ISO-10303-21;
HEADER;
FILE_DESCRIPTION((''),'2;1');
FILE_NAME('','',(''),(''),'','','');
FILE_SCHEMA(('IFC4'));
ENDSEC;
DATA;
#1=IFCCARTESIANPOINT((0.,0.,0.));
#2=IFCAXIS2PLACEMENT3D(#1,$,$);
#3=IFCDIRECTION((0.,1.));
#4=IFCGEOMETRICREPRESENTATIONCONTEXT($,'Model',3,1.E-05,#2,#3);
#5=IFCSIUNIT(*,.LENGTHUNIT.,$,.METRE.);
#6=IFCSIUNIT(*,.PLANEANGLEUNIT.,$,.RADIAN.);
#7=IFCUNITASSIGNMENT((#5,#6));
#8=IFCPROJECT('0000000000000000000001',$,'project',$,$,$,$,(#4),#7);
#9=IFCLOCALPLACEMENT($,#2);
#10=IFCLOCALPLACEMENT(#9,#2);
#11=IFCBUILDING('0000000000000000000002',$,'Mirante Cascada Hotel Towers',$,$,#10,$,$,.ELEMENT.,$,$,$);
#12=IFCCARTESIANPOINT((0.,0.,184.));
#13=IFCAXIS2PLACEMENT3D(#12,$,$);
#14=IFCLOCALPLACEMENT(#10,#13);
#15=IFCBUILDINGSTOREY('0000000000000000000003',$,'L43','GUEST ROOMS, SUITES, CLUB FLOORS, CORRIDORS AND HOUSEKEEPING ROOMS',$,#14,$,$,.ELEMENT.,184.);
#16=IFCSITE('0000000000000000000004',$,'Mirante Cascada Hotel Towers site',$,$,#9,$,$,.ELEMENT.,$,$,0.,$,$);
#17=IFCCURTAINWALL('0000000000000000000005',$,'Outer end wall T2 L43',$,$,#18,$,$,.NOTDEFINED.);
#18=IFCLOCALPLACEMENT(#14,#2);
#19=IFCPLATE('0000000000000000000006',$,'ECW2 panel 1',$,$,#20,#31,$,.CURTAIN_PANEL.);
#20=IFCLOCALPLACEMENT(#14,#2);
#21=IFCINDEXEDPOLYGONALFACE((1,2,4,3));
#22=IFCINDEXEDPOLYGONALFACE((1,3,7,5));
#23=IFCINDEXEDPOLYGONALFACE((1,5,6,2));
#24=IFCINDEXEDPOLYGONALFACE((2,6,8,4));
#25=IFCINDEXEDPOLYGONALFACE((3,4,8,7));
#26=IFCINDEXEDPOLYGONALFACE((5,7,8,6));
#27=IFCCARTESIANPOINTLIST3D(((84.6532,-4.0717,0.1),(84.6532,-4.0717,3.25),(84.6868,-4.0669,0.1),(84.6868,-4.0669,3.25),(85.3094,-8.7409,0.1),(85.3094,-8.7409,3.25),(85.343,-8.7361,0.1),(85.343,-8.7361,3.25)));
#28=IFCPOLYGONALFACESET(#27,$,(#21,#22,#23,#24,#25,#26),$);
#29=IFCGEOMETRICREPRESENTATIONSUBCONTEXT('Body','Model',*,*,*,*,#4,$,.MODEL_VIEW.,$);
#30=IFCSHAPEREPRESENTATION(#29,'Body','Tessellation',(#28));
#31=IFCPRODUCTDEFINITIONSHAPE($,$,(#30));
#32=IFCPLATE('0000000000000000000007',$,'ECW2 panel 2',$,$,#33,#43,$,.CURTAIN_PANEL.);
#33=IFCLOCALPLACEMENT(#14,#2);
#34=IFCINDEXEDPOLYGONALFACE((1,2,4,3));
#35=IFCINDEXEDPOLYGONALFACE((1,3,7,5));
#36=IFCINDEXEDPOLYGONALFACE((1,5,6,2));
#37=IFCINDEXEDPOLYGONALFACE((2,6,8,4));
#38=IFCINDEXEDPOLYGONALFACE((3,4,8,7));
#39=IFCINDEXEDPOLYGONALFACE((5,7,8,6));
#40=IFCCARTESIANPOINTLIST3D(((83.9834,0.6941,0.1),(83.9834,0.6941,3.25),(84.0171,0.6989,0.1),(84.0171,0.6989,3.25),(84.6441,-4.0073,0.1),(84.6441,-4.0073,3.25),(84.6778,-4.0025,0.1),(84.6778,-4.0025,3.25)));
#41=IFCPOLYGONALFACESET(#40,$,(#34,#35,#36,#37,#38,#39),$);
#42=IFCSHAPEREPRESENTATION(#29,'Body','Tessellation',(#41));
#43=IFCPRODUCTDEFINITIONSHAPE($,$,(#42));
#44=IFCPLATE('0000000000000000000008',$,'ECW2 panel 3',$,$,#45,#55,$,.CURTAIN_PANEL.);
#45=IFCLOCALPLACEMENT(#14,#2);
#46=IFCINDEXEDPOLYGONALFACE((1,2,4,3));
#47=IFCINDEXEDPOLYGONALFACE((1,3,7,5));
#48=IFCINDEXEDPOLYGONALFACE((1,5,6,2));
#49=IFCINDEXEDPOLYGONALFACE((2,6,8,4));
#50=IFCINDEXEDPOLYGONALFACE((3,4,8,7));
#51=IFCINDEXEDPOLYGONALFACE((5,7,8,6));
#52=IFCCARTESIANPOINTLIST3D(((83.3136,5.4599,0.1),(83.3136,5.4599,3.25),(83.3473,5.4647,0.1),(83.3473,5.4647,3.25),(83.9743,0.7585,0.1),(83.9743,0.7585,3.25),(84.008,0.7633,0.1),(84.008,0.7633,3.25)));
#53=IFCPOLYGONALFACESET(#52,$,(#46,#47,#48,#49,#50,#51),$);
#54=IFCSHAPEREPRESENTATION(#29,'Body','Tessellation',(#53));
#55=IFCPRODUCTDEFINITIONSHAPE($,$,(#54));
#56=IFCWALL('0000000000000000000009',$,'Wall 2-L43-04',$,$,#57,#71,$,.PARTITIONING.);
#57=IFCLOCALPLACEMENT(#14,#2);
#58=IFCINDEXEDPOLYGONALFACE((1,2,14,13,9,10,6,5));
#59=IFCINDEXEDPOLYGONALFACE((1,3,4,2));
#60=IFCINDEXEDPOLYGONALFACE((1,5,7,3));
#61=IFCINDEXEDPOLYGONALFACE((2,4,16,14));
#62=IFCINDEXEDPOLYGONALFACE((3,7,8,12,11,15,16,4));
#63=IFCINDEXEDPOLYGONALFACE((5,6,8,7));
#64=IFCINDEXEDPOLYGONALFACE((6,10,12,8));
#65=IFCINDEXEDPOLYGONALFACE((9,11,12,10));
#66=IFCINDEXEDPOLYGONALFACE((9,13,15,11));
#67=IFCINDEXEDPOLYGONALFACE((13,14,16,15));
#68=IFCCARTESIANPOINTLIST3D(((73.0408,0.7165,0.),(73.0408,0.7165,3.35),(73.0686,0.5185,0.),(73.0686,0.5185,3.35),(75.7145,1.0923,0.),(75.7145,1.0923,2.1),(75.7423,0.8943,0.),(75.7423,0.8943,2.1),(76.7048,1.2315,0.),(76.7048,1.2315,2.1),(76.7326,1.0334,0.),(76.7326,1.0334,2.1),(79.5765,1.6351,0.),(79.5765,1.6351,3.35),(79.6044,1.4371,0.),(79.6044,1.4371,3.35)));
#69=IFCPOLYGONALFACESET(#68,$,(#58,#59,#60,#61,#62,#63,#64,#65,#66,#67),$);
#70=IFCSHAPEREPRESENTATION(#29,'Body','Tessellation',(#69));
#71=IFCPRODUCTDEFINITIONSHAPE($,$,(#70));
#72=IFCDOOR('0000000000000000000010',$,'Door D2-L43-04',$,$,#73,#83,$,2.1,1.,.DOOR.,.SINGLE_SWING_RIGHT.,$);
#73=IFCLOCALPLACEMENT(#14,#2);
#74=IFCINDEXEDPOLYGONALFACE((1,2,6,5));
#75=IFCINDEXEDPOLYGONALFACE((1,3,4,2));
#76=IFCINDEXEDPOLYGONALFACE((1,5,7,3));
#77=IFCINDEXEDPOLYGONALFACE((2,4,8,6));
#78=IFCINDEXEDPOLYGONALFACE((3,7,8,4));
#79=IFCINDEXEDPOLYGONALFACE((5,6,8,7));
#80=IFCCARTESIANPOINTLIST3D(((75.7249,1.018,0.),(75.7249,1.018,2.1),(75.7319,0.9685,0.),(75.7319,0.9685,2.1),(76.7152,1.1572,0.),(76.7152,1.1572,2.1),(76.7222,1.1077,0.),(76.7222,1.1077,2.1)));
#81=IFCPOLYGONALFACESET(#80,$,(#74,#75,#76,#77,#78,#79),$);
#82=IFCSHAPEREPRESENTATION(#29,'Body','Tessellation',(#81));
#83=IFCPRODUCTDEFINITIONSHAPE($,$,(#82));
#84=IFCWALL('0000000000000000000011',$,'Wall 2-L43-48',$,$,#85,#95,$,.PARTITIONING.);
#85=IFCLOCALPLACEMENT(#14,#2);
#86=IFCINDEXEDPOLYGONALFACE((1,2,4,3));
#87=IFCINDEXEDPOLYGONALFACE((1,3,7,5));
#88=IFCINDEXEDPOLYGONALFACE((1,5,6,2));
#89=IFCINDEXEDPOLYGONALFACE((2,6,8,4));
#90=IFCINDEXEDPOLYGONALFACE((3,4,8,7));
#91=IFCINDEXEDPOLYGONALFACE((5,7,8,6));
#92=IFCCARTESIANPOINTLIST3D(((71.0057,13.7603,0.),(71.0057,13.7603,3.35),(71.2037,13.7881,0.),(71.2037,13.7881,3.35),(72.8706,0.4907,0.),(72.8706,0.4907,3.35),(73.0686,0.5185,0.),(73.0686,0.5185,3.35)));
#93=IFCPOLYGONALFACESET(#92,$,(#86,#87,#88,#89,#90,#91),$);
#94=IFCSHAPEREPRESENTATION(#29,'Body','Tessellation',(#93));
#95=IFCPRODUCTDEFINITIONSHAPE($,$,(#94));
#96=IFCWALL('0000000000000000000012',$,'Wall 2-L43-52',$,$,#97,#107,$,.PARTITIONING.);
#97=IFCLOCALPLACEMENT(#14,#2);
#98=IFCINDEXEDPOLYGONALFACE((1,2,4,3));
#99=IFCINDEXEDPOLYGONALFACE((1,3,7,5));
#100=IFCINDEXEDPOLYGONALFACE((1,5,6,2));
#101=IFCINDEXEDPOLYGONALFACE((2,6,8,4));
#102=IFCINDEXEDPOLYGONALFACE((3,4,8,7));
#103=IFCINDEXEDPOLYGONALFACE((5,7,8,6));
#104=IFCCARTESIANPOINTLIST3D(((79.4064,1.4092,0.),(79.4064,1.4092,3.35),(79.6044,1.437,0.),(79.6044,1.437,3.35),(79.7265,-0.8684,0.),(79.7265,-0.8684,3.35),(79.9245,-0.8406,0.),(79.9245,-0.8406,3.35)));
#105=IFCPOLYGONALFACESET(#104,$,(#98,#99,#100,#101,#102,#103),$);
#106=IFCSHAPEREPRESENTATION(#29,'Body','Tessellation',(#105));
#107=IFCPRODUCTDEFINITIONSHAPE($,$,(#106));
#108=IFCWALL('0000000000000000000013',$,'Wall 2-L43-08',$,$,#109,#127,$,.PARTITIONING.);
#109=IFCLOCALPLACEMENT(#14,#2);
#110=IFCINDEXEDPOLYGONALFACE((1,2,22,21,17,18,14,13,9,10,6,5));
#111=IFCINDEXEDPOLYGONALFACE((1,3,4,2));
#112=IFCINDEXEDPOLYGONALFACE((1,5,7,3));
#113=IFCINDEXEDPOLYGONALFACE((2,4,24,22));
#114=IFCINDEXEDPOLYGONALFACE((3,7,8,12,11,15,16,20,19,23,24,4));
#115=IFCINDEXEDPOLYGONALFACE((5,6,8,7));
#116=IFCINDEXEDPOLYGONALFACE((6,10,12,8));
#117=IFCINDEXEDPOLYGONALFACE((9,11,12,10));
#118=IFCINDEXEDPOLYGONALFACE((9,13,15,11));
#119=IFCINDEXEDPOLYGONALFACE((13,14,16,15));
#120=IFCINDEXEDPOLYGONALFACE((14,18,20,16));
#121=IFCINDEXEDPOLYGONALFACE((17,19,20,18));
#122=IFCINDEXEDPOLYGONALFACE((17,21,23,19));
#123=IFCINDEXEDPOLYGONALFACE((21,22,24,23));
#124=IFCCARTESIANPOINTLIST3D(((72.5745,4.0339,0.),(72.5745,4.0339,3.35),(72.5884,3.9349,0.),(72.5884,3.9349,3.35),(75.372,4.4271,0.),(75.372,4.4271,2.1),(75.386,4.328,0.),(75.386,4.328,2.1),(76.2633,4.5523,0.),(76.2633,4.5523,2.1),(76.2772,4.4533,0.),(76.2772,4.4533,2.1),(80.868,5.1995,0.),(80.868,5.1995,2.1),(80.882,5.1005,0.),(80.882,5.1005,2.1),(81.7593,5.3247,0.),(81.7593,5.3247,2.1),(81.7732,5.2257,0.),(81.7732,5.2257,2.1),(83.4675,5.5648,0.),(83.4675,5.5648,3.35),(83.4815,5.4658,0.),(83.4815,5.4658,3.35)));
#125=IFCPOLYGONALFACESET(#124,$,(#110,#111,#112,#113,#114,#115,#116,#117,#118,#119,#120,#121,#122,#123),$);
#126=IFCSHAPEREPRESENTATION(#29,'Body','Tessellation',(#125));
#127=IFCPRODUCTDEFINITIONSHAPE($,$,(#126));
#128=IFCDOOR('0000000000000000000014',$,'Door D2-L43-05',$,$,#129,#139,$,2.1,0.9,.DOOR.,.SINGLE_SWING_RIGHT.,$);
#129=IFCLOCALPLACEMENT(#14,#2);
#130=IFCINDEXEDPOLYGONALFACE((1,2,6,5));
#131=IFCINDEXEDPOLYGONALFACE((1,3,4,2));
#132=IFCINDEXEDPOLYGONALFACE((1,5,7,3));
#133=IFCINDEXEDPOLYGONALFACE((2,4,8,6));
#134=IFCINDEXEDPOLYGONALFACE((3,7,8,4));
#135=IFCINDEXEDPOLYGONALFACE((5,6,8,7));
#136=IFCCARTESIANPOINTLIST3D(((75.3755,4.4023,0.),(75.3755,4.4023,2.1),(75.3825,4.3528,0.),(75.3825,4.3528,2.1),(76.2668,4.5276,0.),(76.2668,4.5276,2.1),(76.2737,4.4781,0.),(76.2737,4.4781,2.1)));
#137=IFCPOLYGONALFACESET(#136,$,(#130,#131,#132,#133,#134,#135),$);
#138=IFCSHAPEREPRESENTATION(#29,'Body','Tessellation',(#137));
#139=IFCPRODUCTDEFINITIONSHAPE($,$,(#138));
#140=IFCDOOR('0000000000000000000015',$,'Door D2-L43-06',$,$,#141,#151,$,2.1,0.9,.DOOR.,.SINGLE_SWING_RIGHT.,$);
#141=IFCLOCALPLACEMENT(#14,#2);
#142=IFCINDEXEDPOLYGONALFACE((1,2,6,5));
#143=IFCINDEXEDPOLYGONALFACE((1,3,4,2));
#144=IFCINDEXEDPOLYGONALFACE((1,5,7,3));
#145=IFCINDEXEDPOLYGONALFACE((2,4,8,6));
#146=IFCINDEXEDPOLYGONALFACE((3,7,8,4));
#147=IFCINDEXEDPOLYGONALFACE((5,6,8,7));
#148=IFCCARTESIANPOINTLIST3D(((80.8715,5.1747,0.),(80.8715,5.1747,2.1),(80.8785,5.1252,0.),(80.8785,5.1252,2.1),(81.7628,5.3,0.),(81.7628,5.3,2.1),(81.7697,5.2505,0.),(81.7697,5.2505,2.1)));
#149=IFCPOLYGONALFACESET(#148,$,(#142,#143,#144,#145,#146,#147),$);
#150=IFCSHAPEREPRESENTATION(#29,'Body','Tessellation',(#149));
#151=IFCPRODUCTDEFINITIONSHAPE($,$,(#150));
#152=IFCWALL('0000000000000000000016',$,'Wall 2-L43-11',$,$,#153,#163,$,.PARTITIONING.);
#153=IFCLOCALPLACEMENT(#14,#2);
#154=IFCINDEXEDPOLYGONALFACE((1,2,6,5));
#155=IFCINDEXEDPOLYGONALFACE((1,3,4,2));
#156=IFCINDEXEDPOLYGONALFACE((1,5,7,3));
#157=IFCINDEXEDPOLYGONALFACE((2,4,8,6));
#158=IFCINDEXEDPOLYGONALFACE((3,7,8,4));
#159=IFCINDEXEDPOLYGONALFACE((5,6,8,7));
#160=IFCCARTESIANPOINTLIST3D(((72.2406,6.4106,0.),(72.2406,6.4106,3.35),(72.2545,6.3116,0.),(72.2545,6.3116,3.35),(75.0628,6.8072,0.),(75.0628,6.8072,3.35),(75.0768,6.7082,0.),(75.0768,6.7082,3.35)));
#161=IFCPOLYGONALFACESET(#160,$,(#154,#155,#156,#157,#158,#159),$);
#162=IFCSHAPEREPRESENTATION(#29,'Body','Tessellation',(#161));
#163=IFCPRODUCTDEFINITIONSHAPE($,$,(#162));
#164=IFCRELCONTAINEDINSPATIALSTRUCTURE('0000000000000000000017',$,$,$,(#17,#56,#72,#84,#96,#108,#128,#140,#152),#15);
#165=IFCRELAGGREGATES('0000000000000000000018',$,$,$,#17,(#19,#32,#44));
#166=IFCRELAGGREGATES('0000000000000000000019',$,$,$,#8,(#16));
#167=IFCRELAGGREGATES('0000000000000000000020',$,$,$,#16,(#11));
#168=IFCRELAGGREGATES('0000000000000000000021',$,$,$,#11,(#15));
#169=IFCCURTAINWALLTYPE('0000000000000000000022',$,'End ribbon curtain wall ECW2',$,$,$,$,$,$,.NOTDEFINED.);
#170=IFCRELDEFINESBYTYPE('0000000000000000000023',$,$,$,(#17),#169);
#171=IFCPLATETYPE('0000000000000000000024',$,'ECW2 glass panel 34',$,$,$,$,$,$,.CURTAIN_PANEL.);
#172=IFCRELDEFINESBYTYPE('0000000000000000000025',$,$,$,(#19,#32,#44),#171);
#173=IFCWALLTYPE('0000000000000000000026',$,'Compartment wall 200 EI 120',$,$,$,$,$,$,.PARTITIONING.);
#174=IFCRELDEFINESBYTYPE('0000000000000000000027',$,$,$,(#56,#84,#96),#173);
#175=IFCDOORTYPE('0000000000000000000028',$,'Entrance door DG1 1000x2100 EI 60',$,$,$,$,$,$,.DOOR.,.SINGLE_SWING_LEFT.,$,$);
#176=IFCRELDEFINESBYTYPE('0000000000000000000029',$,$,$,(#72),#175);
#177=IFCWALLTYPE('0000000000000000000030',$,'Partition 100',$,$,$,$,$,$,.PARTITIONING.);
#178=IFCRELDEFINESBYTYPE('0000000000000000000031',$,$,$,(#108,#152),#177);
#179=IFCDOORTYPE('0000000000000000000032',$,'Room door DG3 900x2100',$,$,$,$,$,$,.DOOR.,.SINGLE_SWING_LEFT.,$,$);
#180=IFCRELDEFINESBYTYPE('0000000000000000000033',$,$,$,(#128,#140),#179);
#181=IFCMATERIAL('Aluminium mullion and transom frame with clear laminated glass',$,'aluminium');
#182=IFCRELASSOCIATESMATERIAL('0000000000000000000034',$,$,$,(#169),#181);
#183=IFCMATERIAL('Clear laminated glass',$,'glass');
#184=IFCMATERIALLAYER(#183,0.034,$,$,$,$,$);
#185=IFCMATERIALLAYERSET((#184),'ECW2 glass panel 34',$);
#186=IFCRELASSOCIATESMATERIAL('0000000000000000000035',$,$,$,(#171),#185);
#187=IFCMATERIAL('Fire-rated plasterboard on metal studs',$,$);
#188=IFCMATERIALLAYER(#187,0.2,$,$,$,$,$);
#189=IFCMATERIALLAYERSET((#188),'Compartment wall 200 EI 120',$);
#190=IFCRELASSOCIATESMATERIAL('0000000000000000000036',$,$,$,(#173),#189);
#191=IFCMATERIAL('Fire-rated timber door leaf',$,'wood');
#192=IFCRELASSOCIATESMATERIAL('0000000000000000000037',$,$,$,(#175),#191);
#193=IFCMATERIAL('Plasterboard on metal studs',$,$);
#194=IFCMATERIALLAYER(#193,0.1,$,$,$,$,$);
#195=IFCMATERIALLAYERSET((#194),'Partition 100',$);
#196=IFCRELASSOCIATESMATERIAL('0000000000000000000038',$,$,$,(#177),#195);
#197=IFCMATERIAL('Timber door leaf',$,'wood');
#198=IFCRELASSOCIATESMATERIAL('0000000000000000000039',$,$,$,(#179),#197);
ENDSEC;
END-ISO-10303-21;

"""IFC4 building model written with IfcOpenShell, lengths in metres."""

from ifc_helpers import new_model, si_unit, direction, frame, frame_2d, origin, origin_2d, place, context, subcontext, project, spatial, rectangle, extrude, material, layer, layer_set, type_object, element, fill, aggregate, save


model = new_model("IFC4")

# Units and contexts
model_context = context("Model", 3, precision=1e-05, world=origin(), true_north=direction((0.0, 1.0)))
body_context = subcontext(model_context, "Body", "Model", "MODEL_VIEW")
ifc_project = project(units=[si_unit("LENGTHUNIT", "METRE"), si_unit("PLANEANGLEUNIT", "RADIAN")], contexts=[model_context])

# Site, building, storey
site_placement = place(None, origin())
site = spatial("IfcSite", under=ifc_project, at=site_placement, Name="Mirante Cascada Hotel Towers site", CompositionType="ELEMENT", RefElevation=0.0)
building_placement = place(site_placement, origin())
building = spatial("IfcBuilding", under=site, at=building_placement, Name="Mirante Cascada Hotel Towers", CompositionType="ELEMENT")
storey_placement = place(building_placement, frame((0.0, 0.0, 184.0)))
storey = spatial("IfcBuildingStorey", under=building, at=storey_placement, Name="L43", Description="GUEST ROOMS, SUITES, CLUB FLOORS, CORRIDORS AND HOUSEKEEPING ROOMS", CompositionType="ELEMENT", Elevation=184.0)

# Curtain wall, plates
ifc_material_1 = material(Name="Aluminium mullion and transom frame with clear laminated glass", Category="aluminium")
curtain_wall_type = type_object("IfcCurtainWallType", Name="End ribbon curtain wall ECW2", PredefinedType="NOTDEFINED", material=ifc_material_1)
curtain_wall_placement = place(storey_placement, origin())
curtain_wall = element("IfcCurtainWall", 1, at=curtain_wall_placement, inside=storey, type_object=curtain_wall_type, Name="Outer end wall T2 L43", PredefinedType="NOTDEFINED")
ifc_material_2 = material(Name="Clear laminated glass", Category="glass")
ifc_layer_1 = layer(ifc_material_2, 0.034)
ifc_layer_set_1 = layer_set([ifc_layer_1], Name="ECW2 glass panel 34")
plate_type = type_object("IfcPlateType", Name="ECW2 glass panel 34", PredefinedType="CURTAIN_PANEL", material=ifc_layer_set_1)
plate_1_placement = place(storey_placement, frame((84.9981, -6.4039, 0.1), z_axis=(0.0, 0.0, 1.0), x_axis=(-0.139173, 0.990268, 0.0)))
plate_1 = element("IfcPlate", 2, at=plate_1_placement, type_object=plate_type, Name="ECW2 panel 1", PredefinedType="CURTAIN_PANEL", context=body_context, shape_type="SweptSolid", body=[
    extrude(rectangle(XDim=4.7151, YDim=0.034, at=origin_2d()), origin(), (0.0, 0.0, 1.0), 3.15),
])
plate_2_placement = place(storey_placement, frame((84.3306, -1.6542, 0.1), z_axis=(0.0, 0.0, 1.0), x_axis=(-0.139173, 0.990268, 0.0)))
plate_2 = element("IfcPlate", 3, at=plate_2_placement, type_object=plate_type, Name="ECW2 panel 2", PredefinedType="CURTAIN_PANEL", context=body_context, shape_type="SweptSolid", body=[
    extrude(rectangle(XDim=4.7476, YDim=0.034, at=origin_2d()), origin(), (0.0, 0.0, 1.0), 3.15),
])
plate_3_placement = place(storey_placement, frame((83.6608, 3.1116, 0.1), z_axis=(0.0, 0.0, 1.0), x_axis=(-0.139173, 0.990268, 0.0)))
plate_3 = element("IfcPlate", 4, at=plate_3_placement, type_object=plate_type, Name="ECW2 panel 3", PredefinedType="CURTAIN_PANEL", context=body_context, shape_type="SweptSolid", body=[
    extrude(rectangle(XDim=4.7476, YDim=0.034, at=origin_2d()), origin(), (0.0, 0.0, 1.0), 3.15),
])
aggregate(curtain_wall, [plate_1, plate_2, plate_3])

# Wall, opening, door
ifc_material_3 = material(Name="Fire-rated plasterboard on metal studs")
ifc_layer_2 = layer(ifc_material_3, 0.2)
ifc_layer_set_2 = layer_set([ifc_layer_2], Name="Compartment wall 200 EI 120")
wall_type_1 = type_object("IfcWallType", Name="Compartment wall 200 EI 120", PredefinedType="PARTITIONING", material=ifc_layer_set_2)
wall_1_placement = place(storey_placement, frame((73.0547, 0.6175, 0.0), z_axis=(0.0, 0.0, 1.0), x_axis=(0.990267, 0.139181, 0.0)))
wall_1 = element("IfcWall", 5, at=wall_1_placement, inside=storey, type_object=wall_type_1, Name="Wall 2-L43-04", PredefinedType="PARTITIONING", context=body_context, shape_type="SweptSolid", body=[
    extrude(rectangle(XDim=6.6, YDim=0.2, at=frame_2d((3.3, 0.0))), origin(), (0.0, 0.0, 1.0), 3.35),
])
opening_1_placement = place(wall_1_placement, frame((2.7, 0.0, 0.0)))
opening_1 = element("IfcOpeningElement", 6, at=opening_1_placement, cuts=wall_1, PredefinedType="OPENING", context=body_context, shape_type="SweptSolid", body=[
    extrude(rectangle(XDim=1.0, YDim=2.1, at=frame_2d((0.5, 1.05))), frame((0.0, 0.1, 0.0), z_axis=(0.0, -1.0, 0.0), x_axis=(1.0, 0.0, 0.0)), (0.0, 0.0, 1.0), 0.2),
])
ifc_material_4 = material(Name="Fire-rated timber door leaf", Category="wood")
door_type_1 = type_object("IfcDoorType", Name="Entrance door DG1 1000x2100 EI 60", OperationType="SINGLE_SWING_LEFT", PredefinedType="DOOR", material=ifc_material_4)
door_1_placement = place(opening_1_placement, frame((1.0, 0.0, 0.0), z_axis=(0.0, 0.0, 1.0), x_axis=(-1.0, 0.0, 0.0)))
door_1 = element("IfcDoor", 7, at=door_1_placement, inside=storey, type_object=door_type_1, Name="Door D2-L43-04", OperationType="SINGLE_SWING_RIGHT", OverallHeight=2.1, OverallWidth=1.0, PredefinedType="DOOR", context=body_context, shape_type="SweptSolid", body=[
    extrude(rectangle(XDim=1.0, YDim=2.1, at=frame_2d((0.5, 1.05))), frame((0.0, 0.025, 0.0), z_axis=(0.0, -1.0, 0.0), x_axis=(1.0, 0.0, 0.0)), (0.0, 0.0, 1.0), 0.05),
])
fill(opening_1, door_1)

# Walls
wall_2_placement = place(storey_placement, frame((72.9696, 0.5046, 0.0), z_axis=(0.0, 0.0, 1.0), x_axis=(-0.139172, 0.990268, 0.0)))
element("IfcWall", 8, at=wall_2_placement, inside=storey, type_object=wall_type_1, Name="Wall 2-L43-48", PredefinedType="PARTITIONING", context=body_context, shape_type="SweptSolid", body=[
    extrude(rectangle(XDim=13.4, YDim=0.2, at=frame_2d((6.7, 0.0))), origin(), (0.0, 0.0, 1.0), 3.35),
])
wall_3_placement = place(storey_placement, frame((79.8255, -0.8545, 0.0), z_axis=(0.0, 0.0, 1.0), x_axis=(-0.139175, 0.990268, 0.0)))
element("IfcWall", 9, at=wall_3_placement, inside=storey, type_object=wall_type_1, Name="Wall 2-L43-52", PredefinedType="PARTITIONING", context=body_context, shape_type="SweptSolid", body=[
    extrude(rectangle(XDim=2.3, YDim=0.2, at=frame_2d((1.15, 0.0))), origin(), (0.0, 0.0, 1.0), 3.35),
])

# Wall, openings, doors
ifc_material_5 = material(Name="Plasterboard on metal studs")
ifc_layer_3 = layer(ifc_material_5, 0.1)
ifc_layer_set_3 = layer_set([ifc_layer_3], Name="Partition 100")
wall_type_2 = type_object("IfcWallType", Name="Partition 100", PredefinedType="PARTITIONING", material=ifc_layer_set_3)
wall_4_placement = place(storey_placement, frame((72.5815, 3.9844, 0.0), z_axis=(0.0, 0.0, 1.0), x_axis=(0.990268, 0.139172, 0.0)))
wall_4 = element("IfcWall", 10, at=wall_4_placement, inside=storey, type_object=wall_type_2, Name="Wall 2-L43-08", PredefinedType="PARTITIONING", context=body_context, shape_type="SweptSolid", body=[
    extrude(rectangle(XDim=11.0001, YDim=0.1, at=frame_2d((5.5, 0.0))), origin(), (0.0, 0.0, 1.0), 3.35),
])
opening_2_placement = place(wall_4_placement, frame((2.825, 0.0, 0.0)))
opening_2 = element("IfcOpeningElement", 11, at=opening_2_placement, cuts=wall_4, PredefinedType="OPENING", context=body_context, shape_type="SweptSolid", body=[
    extrude(rectangle(XDim=0.9, YDim=2.1, at=frame_2d((0.45, 1.05))), frame((0.0, 0.05, 0.0), z_axis=(0.0, -1.0, 0.0), x_axis=(1.0, 0.0, 0.0)), (0.0, 0.0, 1.0), 0.1),
])
opening_3_placement = place(wall_4_placement, frame((8.375, 0.0, 0.0)))
opening_3 = element("IfcOpeningElement", 12, at=opening_3_placement, cuts=wall_4, PredefinedType="OPENING", context=body_context, shape_type="SweptSolid", body=[
    extrude(rectangle(XDim=0.9, YDim=2.1, at=frame_2d((0.45, 1.05))), frame((0.0, 0.05, 0.0), z_axis=(0.0, -1.0, 0.0), x_axis=(1.0, 0.0, 0.0)), (0.0, 0.0, 1.0), 0.1),
])
ifc_material_6 = material(Name="Timber door leaf", Category="wood")
door_type_2 = type_object("IfcDoorType", Name="Room door DG3 900x2100", OperationType="SINGLE_SWING_LEFT", PredefinedType="DOOR", material=ifc_material_6)
door_2_placement = place(opening_2_placement, frame((0.9, 0.0, 0.0), z_axis=(0.0, 0.0, 1.0), x_axis=(-1.0, 0.0, 0.0)))
door_2 = element("IfcDoor", 13, at=door_2_placement, inside=storey, type_object=door_type_2, Name="Door D2-L43-05", OperationType="SINGLE_SWING_RIGHT", OverallHeight=2.1, OverallWidth=0.9, PredefinedType="DOOR", context=body_context, shape_type="SweptSolid", body=[
    extrude(rectangle(XDim=0.9, YDim=2.1, at=frame_2d((0.45, 1.05))), frame((0.0, 0.025, 0.0), z_axis=(0.0, -1.0, 0.0), x_axis=(1.0, 0.0, 0.0)), (0.0, 0.0, 1.0), 0.05),
])
fill(opening_2, door_2)
door_3_placement = place(opening_3_placement, frame((0.9, 0.0, 0.0), z_axis=(0.0, 0.0, 1.0), x_axis=(-1.0, 0.0, 0.0)))
door_3 = element("IfcDoor", 14, at=door_3_placement, inside=storey, type_object=door_type_2, Name="Door D2-L43-06", OperationType="SINGLE_SWING_RIGHT", OverallHeight=2.1, OverallWidth=0.9, PredefinedType="DOOR", context=body_context, shape_type="SweptSolid", body=[
    extrude(rectangle(XDim=0.9, YDim=2.1, at=frame_2d((0.45, 1.05))), frame((0.0, 0.025, 0.0), z_axis=(0.0, -1.0, 0.0), x_axis=(1.0, 0.0, 0.0)), (0.0, 0.0, 1.0), 0.05),
])
fill(opening_3, door_3)

# Wall
wall_5_placement = place(storey_placement, frame((75.0698, 6.7577, 0.0), z_axis=(0.0, 0.0, 1.0), x_axis=(-0.99027, -0.139156, 0.0)))
element("IfcWall", 15, at=wall_5_placement, inside=storey, type_object=wall_type_2, Name="Wall 2-L43-11", PredefinedType="PARTITIONING", context=body_context, shape_type="SweptSolid", body=[
    extrude(rectangle(XDim=2.85, YDim=0.1, at=frame_2d((1.425, 0.0))), origin(), (0.0, 0.0, 1.0), 3.35),
])

save(model, "model.ifc")
